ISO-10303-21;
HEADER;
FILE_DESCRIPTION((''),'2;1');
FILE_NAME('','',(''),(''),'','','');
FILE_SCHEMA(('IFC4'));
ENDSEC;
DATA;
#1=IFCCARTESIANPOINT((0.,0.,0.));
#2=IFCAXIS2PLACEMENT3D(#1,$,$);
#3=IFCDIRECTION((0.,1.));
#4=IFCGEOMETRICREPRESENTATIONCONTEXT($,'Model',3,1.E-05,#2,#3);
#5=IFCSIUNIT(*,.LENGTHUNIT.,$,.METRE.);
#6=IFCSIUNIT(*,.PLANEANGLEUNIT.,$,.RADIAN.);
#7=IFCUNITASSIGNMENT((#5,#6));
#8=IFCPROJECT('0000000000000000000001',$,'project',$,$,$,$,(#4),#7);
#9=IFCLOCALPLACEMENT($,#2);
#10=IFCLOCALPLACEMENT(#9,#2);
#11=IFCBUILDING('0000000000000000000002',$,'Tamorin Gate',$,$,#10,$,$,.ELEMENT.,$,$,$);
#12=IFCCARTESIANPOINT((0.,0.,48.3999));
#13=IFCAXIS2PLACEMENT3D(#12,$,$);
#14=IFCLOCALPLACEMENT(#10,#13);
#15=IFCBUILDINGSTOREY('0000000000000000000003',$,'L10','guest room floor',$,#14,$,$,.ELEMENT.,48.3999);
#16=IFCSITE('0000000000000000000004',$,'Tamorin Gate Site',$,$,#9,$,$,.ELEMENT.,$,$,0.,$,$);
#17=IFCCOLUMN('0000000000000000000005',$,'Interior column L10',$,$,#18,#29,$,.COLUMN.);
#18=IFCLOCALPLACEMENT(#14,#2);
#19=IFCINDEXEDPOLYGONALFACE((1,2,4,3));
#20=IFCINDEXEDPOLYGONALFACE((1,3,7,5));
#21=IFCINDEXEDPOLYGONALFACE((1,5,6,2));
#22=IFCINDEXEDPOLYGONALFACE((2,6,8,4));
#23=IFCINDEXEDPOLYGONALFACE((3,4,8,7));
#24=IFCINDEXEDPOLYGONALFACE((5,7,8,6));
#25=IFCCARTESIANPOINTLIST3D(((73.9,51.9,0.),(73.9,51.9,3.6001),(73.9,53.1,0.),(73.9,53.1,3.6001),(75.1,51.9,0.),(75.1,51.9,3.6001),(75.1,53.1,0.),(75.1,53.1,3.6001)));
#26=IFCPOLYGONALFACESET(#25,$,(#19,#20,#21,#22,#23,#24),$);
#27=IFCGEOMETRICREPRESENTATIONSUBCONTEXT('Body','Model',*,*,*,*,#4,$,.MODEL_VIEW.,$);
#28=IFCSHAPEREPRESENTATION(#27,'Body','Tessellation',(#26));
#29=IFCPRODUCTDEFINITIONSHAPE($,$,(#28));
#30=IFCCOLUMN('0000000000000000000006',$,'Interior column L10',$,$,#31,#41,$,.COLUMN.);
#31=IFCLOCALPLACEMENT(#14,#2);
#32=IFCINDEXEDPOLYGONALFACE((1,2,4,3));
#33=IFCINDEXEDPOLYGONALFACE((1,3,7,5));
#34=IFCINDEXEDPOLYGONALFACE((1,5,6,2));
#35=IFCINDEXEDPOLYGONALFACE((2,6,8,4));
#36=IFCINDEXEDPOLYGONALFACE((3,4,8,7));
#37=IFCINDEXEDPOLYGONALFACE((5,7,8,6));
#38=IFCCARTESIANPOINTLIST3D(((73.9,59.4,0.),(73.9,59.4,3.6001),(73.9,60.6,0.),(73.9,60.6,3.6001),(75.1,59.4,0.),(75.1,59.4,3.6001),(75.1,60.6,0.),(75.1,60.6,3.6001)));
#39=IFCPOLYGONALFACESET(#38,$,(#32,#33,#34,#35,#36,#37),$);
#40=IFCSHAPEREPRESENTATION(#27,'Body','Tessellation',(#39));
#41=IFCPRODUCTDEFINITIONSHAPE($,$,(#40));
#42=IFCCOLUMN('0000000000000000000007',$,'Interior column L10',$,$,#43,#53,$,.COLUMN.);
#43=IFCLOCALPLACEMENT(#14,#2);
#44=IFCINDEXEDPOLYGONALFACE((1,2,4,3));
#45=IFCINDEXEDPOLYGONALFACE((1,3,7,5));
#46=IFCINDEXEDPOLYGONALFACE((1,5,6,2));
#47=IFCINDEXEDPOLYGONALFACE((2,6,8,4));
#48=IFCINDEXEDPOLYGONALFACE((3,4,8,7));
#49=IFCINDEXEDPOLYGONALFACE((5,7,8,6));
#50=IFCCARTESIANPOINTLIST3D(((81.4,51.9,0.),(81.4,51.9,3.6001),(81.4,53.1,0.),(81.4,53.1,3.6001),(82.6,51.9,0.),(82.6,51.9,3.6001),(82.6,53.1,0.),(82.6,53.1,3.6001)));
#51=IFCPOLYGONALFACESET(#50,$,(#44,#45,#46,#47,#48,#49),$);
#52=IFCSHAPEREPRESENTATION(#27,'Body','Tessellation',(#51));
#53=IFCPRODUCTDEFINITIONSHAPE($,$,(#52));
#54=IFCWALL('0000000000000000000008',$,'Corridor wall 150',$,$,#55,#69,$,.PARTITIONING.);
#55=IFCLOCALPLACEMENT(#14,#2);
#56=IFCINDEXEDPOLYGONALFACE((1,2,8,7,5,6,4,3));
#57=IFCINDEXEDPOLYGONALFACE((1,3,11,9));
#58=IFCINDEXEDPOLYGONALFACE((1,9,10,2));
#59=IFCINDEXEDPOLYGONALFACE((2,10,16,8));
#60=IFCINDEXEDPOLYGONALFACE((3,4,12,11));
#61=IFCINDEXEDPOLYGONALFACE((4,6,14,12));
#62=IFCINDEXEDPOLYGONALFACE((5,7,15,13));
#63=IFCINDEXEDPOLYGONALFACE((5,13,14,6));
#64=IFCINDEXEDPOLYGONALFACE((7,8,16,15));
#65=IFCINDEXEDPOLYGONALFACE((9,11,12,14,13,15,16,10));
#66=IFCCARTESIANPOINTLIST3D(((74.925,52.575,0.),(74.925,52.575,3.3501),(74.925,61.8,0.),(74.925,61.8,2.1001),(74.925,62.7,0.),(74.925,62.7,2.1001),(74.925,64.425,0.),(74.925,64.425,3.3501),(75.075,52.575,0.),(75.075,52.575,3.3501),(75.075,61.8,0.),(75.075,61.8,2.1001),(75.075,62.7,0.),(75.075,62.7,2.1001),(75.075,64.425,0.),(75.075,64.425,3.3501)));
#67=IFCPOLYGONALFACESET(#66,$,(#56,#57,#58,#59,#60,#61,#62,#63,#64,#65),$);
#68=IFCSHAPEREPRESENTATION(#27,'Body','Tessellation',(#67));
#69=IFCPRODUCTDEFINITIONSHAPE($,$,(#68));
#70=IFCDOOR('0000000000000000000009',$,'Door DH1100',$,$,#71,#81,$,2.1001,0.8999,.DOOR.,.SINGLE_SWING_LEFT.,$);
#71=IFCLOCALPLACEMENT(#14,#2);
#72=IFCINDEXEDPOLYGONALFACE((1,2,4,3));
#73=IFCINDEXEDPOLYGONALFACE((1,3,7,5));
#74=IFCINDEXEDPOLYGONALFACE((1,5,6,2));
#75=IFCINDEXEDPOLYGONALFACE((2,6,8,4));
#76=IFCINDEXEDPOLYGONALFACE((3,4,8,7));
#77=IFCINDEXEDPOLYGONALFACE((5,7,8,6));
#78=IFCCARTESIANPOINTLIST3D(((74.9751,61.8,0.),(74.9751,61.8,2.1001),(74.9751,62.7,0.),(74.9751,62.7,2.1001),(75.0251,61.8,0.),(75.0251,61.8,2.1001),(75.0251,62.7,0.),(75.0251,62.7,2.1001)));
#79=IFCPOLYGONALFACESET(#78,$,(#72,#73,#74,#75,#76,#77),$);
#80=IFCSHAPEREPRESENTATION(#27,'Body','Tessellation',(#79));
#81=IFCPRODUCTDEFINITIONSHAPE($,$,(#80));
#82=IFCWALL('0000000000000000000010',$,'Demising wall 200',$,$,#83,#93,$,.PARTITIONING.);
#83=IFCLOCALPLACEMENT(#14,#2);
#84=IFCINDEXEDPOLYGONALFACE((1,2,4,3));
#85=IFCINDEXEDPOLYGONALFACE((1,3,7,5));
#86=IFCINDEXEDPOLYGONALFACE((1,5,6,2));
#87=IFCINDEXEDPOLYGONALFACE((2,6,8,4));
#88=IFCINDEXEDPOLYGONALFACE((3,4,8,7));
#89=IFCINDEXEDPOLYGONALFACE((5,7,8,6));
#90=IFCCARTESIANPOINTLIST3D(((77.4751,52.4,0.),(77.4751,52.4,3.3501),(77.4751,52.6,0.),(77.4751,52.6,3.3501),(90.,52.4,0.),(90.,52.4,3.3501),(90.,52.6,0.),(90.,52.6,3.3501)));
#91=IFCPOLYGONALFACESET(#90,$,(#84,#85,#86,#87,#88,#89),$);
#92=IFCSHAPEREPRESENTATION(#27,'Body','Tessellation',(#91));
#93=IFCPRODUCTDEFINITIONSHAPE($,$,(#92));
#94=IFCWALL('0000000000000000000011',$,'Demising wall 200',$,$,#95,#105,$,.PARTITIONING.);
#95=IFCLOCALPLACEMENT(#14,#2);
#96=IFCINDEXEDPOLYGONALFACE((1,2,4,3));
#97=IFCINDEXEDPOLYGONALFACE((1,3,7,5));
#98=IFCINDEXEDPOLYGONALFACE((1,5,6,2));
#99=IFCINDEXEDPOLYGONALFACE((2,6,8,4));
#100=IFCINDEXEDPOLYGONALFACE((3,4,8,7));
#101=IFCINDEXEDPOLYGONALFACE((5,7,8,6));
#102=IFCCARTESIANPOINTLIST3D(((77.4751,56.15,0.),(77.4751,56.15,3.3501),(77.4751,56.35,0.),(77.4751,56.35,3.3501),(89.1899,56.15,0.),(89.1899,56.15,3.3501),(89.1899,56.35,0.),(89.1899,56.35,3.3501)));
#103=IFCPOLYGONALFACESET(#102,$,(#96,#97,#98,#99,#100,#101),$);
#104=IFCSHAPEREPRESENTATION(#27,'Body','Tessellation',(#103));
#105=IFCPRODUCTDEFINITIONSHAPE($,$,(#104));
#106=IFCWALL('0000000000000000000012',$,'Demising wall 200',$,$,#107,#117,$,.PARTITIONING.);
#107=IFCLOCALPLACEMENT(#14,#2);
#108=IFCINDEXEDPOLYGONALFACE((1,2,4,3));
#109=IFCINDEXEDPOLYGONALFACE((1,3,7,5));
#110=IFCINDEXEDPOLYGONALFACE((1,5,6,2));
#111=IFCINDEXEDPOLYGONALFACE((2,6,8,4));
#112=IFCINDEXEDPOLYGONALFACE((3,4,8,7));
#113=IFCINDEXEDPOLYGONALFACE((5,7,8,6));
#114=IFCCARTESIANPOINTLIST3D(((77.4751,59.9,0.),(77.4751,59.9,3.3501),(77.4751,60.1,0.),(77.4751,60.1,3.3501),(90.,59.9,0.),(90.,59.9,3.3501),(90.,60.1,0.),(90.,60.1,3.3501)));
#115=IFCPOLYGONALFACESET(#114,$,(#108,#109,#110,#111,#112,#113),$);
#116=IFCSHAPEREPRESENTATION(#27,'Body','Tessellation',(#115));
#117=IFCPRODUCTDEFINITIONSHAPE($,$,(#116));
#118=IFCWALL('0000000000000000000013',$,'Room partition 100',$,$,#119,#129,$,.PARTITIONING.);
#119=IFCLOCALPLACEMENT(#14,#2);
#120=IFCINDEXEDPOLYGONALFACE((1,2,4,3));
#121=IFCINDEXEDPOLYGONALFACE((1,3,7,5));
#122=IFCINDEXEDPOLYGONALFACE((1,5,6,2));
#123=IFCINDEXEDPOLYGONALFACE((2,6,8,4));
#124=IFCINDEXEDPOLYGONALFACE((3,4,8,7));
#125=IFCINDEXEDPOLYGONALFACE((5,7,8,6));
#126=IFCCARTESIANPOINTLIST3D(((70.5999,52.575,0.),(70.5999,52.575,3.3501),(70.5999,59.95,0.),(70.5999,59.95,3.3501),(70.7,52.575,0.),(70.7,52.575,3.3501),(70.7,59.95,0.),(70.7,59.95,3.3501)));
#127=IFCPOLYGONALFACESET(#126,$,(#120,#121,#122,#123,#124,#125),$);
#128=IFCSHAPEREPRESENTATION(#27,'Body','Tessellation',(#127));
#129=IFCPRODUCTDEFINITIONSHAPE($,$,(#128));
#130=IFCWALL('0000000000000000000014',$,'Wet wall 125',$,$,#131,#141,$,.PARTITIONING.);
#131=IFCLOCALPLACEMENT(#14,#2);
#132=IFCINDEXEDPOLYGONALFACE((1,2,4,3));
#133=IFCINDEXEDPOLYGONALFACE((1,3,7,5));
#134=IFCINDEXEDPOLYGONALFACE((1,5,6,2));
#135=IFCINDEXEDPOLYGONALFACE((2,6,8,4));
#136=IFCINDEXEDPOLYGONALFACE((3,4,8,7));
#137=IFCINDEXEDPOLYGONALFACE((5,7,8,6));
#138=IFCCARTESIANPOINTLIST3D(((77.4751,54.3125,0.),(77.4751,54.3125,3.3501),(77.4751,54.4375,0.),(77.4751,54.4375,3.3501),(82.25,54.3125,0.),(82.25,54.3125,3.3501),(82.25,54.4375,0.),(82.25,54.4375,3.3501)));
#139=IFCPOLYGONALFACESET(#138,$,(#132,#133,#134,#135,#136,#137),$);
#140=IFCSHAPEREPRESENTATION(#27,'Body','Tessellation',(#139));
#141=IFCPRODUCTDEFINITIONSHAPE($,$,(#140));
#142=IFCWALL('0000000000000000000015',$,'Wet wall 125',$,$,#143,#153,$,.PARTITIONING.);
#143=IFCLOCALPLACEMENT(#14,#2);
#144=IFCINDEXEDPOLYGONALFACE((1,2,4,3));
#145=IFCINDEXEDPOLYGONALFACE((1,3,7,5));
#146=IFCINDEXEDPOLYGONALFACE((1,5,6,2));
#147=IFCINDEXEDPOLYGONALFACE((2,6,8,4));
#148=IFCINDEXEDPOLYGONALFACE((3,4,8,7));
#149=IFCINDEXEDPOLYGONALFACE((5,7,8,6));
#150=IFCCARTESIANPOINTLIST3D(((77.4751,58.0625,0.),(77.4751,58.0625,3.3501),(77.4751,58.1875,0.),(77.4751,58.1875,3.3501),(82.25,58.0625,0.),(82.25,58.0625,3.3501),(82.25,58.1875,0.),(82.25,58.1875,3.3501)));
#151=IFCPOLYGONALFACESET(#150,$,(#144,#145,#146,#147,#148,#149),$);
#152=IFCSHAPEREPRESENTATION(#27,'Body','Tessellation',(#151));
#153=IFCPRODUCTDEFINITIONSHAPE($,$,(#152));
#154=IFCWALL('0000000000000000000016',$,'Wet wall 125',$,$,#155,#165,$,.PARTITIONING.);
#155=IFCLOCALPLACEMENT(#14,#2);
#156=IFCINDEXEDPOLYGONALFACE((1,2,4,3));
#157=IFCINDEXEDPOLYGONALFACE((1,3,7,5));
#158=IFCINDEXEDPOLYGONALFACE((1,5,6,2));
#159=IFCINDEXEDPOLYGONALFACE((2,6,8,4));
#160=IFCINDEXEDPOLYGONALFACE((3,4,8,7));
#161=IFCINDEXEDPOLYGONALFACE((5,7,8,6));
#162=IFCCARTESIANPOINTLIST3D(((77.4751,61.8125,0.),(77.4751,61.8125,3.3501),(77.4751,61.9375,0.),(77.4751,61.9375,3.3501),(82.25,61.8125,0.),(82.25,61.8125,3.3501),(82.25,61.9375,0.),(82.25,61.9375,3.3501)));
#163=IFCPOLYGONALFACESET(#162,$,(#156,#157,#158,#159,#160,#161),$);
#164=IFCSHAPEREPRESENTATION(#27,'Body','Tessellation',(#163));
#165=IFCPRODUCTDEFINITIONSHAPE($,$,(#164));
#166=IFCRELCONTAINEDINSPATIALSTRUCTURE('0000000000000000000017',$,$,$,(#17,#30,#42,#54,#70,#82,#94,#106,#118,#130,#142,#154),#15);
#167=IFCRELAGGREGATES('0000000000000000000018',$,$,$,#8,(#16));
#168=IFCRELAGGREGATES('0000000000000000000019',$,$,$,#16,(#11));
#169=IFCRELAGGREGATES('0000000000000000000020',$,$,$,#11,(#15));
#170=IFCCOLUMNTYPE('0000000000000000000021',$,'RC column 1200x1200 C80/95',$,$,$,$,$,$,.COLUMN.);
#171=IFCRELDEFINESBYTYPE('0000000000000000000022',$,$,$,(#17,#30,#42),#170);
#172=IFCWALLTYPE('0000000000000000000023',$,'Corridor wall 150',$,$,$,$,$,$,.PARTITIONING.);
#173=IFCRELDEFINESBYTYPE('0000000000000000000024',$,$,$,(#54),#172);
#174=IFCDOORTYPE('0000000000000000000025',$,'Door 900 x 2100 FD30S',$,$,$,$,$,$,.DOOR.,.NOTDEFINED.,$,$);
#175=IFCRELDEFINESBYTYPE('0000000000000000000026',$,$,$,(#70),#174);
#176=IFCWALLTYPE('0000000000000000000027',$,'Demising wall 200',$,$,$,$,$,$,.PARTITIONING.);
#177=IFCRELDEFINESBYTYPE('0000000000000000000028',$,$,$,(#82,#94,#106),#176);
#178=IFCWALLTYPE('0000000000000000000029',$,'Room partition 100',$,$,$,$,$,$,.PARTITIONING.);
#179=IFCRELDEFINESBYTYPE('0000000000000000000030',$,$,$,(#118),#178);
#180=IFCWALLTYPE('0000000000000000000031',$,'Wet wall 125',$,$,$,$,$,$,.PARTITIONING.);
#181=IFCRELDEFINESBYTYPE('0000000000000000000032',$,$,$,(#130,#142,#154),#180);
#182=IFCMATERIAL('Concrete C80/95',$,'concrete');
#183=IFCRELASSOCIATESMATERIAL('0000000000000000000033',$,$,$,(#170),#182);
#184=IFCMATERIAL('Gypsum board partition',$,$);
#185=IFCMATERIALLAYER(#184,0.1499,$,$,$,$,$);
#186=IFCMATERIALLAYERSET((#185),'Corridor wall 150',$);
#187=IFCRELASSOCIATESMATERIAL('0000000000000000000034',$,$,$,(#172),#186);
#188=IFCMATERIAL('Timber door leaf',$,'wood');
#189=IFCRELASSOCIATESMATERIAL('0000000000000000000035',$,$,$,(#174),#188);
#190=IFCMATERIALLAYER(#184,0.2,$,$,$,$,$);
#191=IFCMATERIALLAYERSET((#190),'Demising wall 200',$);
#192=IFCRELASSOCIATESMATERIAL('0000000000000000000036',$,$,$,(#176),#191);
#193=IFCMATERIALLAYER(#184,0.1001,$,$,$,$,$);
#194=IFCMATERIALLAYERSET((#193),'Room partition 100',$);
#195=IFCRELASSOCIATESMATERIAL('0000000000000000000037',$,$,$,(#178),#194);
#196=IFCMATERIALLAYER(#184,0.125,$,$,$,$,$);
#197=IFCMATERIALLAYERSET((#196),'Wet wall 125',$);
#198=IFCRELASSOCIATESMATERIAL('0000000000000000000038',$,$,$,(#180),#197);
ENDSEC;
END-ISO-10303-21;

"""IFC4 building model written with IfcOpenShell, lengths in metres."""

from ifc_helpers import new_model, si_unit, direction, frame, frame_2d, origin, origin_2d, place, context, subcontext, project, spatial, rectangle, extrude, material, layer, layer_set, material_profile, profile_set, type_object, element, fill, save


model = new_model("IFC4")

# Units and contexts
model_context = context("Model", 3, precision=1e-05, world=origin(), true_north=direction((0.0, 1.0)))
body_context = subcontext(model_context, "Body", "Model", "MODEL_VIEW")
ifc_project = project(units=[si_unit("LENGTHUNIT", "METRE"), si_unit("PLANEANGLEUNIT", "RADIAN")], contexts=[model_context])

# Site, building, storey
site_placement = place(None, origin())
site = spatial("IfcSite", under=ifc_project, at=site_placement, Name="Tamorin Gate Site", CompositionType="ELEMENT", RefElevation=0.0)
building_placement = place(site_placement, origin())
building = spatial("IfcBuilding", under=site, at=building_placement, Name="Tamorin Gate", CompositionType="ELEMENT")
storey_placement = place(building_placement, frame((0.0, 0.0, 48.3999)))
storey = spatial("IfcBuildingStorey", under=building, at=storey_placement, Name="L10", Description="guest room floor", CompositionType="ELEMENT", Elevation=48.3999)

# Columns
ifc_material_1 = material(Name="Concrete C80/95", Category="concrete")
ifc_material_profile = material_profile(ifc_material_1, rectangle(XDim=1.2, YDim=1.2, at=origin_2d()), Name="RC 1200x1200")
ifc_profile_set = profile_set([ifc_material_profile], Name="Concrete C80/95")
column_type = type_object("IfcColumnType", Name="RC column 1200x1200 C80/95", PredefinedType="COLUMN", material=ifc_profile_set)
for number, where, z_axis, x_axis, name in (
    (1, (74.5, 52.5, 0.0), (0.0, 0.0, 1.0), (1.0, 0.0, 0.0), "Interior column L10"),
    (2, (74.5, 60.0, 0.0), (0.0, 0.0, 1.0), (1.0, 0.0, 0.0), "Interior column L10"),
    (3, (82.0, 52.5, 0.0), (0.0, 0.0, 1.0), (1.0, 0.0, 0.0), "Interior column L10"),
):
    element("IfcColumn", number, at=place(storey_placement, frame(where, z_axis=z_axis, x_axis=x_axis)), inside=storey, type_object=column_type, Name=name, PredefinedType="COLUMN", context=body_context, shape_type="SweptSolid", body=[
        extrude(rectangle(XDim=1.2, YDim=1.2, at=origin_2d()), origin(), (0.0, 0.0, 1.0), 3.6001),
    ])

# Wall, opening, door
ifc_material_2 = material(Name="Gypsum board partition")
ifc_layer_1 = layer(ifc_material_2, 0.1499)
ifc_layer_set_1 = layer_set([ifc_layer_1], Name="Corridor wall 150")
wall_type_1 = type_object("IfcWallType", Name="Corridor wall 150", PredefinedType="PARTITIONING", material=ifc_layer_set_1)
wall_1_placement = place(storey_placement, frame((75.0, 52.575, 0.0), z_axis=(0.0, 0.0, 1.0), x_axis=(0.0, 1.0, 0.0)))
wall_1 = element("IfcWall", 4, at=wall_1_placement, inside=storey, type_object=wall_type_1, Name="Corridor wall 150", PredefinedType="PARTITIONING", context=body_context, shape_type="SweptSolid", body=[
    extrude(rectangle(XDim=11.8501, YDim=0.1499, at=frame_2d((5.925, 0.0))), origin(), (0.0, 0.0, 1.0), 3.3501),
])
opening_1_placement = place(wall_1_placement, frame((9.2251, 0.0, 0.0)))
opening_1 = element("IfcOpeningElement", 5, at=opening_1_placement, cuts=wall_1, PredefinedType="OPENING", context=body_context, shape_type="SweptSolid", body=[
    extrude(rectangle(XDim=0.8999, YDim=2.1001, at=frame_2d((0.45, 1.05))), frame((0.0, 0.085, 0.0), z_axis=(0.0, -1.0, 0.0), x_axis=(1.0, 0.0, 0.0)), (0.0, 0.0, 1.0), 0.1699),
])
ifc_material_3 = material(Name="Timber door leaf", Category="wood")
door_type = type_object("IfcDoorType", Name="Door 900 x 2100 FD30S", OperationType="NOTDEFINED", PredefinedType="DOOR", material=ifc_material_3)
door_1_placement = place(opening_1_placement, origin())
door_1 = element("IfcDoor", 6, at=door_1_placement, inside=storey, type_object=door_type, Name="Door DH1100", OperationType="SINGLE_SWING_LEFT", OverallHeight=2.1001, OverallWidth=0.8999, PredefinedType="DOOR", context=body_context, shape_type="SweptSolid", body=[
    extrude(rectangle(XDim=0.8999, YDim=2.1001, at=frame_2d((0.45, 1.05))), frame((0.0, 0.0249, 0.0), z_axis=(0.0, -1.0, 0.0), x_axis=(1.0, 0.0, 0.0)), (0.0, 0.0, 1.0), 0.05),
])
fill(opening_1, door_1)

# Walls
ifc_layer_2 = layer(ifc_material_2, 0.2)
ifc_layer_set_2 = layer_set([ifc_layer_2], Name="Demising wall 200")
wall_type_2 = type_object("IfcWallType", Name="Demising wall 200", PredefinedType="PARTITIONING", material=ifc_layer_set_2)
wall_2_placement = place(storey_placement, frame((77.4751, 52.5, 0.0), z_axis=(0.0, 0.0, 1.0), x_axis=(1.0, 0.0, 0.0)))
element("IfcWall", 7, at=wall_2_placement, inside=storey, type_object=wall_type_2, Name="Demising wall 200", PredefinedType="PARTITIONING", context=body_context, shape_type="SweptSolid", body=[
    extrude(rectangle(XDim=12.5249, YDim=0.2, at=frame_2d((6.2625, 0.0))), origin(), (0.0, 0.0, 1.0), 3.3501),
])
wall_3_placement = place(storey_placement, frame((77.4751, 56.25, 0.0), z_axis=(0.0, 0.0, 1.0), x_axis=(1.0, 0.0, 0.0)))
element("IfcWall", 8, at=wall_3_placement, inside=storey, type_object=wall_type_2, Name="Demising wall 200", PredefinedType="PARTITIONING", context=body_context, shape_type="SweptSolid", body=[
    extrude(rectangle(XDim=11.7148, YDim=0.2, at=frame_2d((5.8574, 0.0))), origin(), (0.0, 0.0, 1.0), 3.3501),
])
wall_4_placement = place(storey_placement, frame((77.4751, 60.0, 0.0), z_axis=(0.0, 0.0, 1.0), x_axis=(1.0, 0.0, 0.0)))
element("IfcWall", 9, at=wall_4_placement, inside=storey, type_object=wall_type_2, Name="Demising wall 200", PredefinedType="PARTITIONING", context=body_context, shape_type="SweptSolid", body=[
    extrude(rectangle(XDim=12.5249, YDim=0.2, at=frame_2d((6.2625, 0.0))), origin(), (0.0, 0.0, 1.0), 3.3501),
])
ifc_layer_3 = layer(ifc_material_2, 0.1001)
ifc_layer_set_3 = layer_set([ifc_layer_3], Name="Room partition 100")
wall_type_3 = type_object("IfcWallType", Name="Room partition 100", PredefinedType="PARTITIONING", material=ifc_layer_set_3)
wall_5_placement = place(storey_placement, frame((70.6499, 52.575, 0.0), z_axis=(0.0, 0.0, 1.0), x_axis=(0.0, 1.0, 0.0)))
element("IfcWall", 10, at=wall_5_placement, inside=storey, type_object=wall_type_3, Name="Room partition 100", PredefinedType="PARTITIONING", context=body_context, shape_type="SweptSolid", body=[
    extrude(rectangle(XDim=7.375, YDim=0.1001, at=frame_2d((3.6875, 0.0))), origin(), (0.0, 0.0, 1.0), 3.3501),
])
ifc_layer_4 = layer(ifc_material_2, 0.125)
ifc_layer_set_4 = layer_set([ifc_layer_4], Name="Wet wall 125")
wall_type_4 = type_object("IfcWallType", Name="Wet wall 125", PredefinedType="PARTITIONING", material=ifc_layer_set_4)
for number, where, z_axis, x_axis, name in (
    (11, (77.4751, 54.375, 0.0), (0.0, 0.0, 1.0), (1.0, 0.0, 0.0), "Wet wall 125"),
    (12, (77.4751, 58.125, 0.0), (0.0, 0.0, 1.0), (1.0, 0.0, 0.0), "Wet wall 125"),
    (13, (77.4751, 61.875, 0.0), (0.0, 0.0, 1.0), (1.0, 0.0, 0.0), "Wet wall 125"),
):
    element("IfcWall", number, at=place(storey_placement, frame(where, z_axis=z_axis, x_axis=x_axis)), inside=storey, type_object=wall_type_4, Name=name, PredefinedType="PARTITIONING", context=body_context, shape_type="SweptSolid", body=[
        extrude(rectangle(XDim=4.7749, YDim=0.125, at=frame_2d((2.3875, 0.0))), origin(), (0.0, 0.0, 1.0), 3.3501),
    ])

save(model, "model.ifc")
